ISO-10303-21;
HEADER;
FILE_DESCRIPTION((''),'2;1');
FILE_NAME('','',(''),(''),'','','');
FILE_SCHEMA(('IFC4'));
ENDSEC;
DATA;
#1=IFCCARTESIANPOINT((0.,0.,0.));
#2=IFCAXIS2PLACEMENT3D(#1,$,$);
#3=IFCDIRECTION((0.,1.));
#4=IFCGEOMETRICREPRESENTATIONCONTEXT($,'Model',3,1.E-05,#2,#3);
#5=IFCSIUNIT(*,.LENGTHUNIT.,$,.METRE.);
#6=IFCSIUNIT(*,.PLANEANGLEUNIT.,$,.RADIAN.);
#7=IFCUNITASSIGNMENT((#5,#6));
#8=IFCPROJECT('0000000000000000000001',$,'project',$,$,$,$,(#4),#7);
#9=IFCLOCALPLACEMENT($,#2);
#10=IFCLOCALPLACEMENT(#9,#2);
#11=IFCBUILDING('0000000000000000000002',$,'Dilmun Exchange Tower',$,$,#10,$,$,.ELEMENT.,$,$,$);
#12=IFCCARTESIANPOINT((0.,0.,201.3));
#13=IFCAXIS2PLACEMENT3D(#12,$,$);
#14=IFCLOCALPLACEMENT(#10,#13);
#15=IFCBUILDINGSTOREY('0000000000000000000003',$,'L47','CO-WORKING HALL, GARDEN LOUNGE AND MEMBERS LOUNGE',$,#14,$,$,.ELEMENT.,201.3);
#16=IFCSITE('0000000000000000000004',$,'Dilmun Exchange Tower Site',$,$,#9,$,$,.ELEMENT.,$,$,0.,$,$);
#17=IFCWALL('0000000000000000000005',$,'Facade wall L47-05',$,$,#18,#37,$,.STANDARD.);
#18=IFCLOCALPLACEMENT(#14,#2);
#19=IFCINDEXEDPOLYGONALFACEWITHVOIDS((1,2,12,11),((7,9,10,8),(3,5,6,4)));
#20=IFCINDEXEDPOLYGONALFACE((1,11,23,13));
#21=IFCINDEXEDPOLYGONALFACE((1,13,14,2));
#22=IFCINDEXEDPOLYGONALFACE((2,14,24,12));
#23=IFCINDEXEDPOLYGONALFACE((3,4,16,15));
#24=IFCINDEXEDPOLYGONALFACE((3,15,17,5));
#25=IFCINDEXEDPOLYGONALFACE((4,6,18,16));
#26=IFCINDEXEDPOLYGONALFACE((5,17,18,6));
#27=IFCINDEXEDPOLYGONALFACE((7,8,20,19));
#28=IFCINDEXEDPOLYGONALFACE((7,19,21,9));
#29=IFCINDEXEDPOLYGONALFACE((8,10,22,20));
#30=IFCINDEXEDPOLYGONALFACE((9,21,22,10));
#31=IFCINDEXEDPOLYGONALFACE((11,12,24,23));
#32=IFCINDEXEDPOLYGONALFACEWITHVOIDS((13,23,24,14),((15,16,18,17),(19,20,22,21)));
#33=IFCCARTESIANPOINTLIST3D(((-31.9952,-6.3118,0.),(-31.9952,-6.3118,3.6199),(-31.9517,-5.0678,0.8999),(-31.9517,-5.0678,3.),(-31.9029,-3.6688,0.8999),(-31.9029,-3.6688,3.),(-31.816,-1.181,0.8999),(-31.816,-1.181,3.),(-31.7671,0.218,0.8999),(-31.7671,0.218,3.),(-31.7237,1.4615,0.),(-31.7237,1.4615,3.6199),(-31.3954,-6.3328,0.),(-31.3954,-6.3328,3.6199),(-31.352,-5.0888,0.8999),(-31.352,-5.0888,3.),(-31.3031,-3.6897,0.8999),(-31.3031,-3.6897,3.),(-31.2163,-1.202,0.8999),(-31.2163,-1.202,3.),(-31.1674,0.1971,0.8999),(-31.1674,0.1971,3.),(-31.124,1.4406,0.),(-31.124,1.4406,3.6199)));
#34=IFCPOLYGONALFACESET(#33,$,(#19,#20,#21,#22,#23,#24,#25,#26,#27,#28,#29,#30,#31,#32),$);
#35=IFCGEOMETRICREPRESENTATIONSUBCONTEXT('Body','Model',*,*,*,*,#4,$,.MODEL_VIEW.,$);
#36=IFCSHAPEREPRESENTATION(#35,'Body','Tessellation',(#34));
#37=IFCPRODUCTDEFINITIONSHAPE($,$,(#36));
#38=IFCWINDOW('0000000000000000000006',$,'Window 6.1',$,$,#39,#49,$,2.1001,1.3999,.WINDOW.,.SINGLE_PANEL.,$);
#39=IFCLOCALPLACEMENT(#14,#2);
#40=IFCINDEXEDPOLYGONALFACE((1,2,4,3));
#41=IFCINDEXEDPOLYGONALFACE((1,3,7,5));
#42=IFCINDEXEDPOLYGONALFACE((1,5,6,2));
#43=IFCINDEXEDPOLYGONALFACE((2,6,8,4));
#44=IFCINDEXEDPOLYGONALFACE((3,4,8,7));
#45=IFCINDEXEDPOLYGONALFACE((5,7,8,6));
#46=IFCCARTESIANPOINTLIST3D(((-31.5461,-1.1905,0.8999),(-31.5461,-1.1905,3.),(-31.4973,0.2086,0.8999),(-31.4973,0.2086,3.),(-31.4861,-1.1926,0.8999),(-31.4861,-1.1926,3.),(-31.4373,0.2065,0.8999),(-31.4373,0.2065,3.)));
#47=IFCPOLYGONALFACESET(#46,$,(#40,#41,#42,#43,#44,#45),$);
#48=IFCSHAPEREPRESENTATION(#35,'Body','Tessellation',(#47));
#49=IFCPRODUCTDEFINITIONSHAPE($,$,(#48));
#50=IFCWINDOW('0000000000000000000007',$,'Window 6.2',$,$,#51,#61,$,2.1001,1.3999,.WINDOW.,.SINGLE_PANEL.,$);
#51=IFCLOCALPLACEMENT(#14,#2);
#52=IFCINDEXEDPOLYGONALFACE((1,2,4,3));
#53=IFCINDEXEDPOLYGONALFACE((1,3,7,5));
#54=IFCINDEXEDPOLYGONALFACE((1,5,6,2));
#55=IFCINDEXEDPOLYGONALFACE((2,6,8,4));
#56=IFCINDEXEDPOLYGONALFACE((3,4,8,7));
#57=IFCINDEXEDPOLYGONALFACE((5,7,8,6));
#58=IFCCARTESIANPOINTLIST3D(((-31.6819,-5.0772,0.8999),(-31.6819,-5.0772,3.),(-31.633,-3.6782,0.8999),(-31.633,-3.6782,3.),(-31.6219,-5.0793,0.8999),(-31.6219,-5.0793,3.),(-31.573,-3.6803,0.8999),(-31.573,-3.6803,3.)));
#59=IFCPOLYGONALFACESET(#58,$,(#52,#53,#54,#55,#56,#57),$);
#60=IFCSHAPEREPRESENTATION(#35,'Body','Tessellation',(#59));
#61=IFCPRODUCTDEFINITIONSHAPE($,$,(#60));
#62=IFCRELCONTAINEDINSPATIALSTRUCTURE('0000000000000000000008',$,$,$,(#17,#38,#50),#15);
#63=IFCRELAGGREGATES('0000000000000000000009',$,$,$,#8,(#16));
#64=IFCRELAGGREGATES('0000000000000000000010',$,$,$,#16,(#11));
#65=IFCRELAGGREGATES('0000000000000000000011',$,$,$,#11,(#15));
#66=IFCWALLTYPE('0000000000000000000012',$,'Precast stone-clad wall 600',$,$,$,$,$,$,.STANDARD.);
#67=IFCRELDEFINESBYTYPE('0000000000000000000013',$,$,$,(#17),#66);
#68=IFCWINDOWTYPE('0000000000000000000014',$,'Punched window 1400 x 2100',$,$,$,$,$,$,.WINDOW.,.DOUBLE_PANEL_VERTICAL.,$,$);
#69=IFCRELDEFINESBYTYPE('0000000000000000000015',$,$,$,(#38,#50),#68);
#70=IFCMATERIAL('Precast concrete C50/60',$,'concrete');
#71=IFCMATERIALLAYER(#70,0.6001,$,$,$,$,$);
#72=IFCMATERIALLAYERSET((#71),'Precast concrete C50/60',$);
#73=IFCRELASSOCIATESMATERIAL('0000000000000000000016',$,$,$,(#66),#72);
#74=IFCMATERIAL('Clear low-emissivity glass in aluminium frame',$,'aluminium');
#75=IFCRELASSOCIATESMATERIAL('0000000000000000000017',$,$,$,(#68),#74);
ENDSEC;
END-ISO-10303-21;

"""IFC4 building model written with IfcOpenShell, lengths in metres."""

from ifc_helpers import new_model, si_unit, direction, frame, frame_2d, origin, place, context, subcontext, project, spatial, rectangle, extrude, material, layer, layer_set, type_object, element, fill, save


model = new_model("IFC4")

# Units and contexts
model_context = context("Model", 3, precision=1e-05, world=origin(), true_north=direction((0.0, 1.0)))
body_context = subcontext(model_context, "Body", "Model", "MODEL_VIEW")
ifc_project = project(units=[si_unit("LENGTHUNIT", "METRE"), si_unit("PLANEANGLEUNIT", "RADIAN")], contexts=[model_context])

# Site, building, storey
site_placement = place(None, origin())
site = spatial("IfcSite", under=ifc_project, at=site_placement, Name="Dilmun Exchange Tower Site", CompositionType="ELEMENT", RefElevation=0.0)
building_placement = place(site_placement, origin())
building = spatial("IfcBuilding", under=site, at=building_placement, Name="Dilmun Exchange Tower", CompositionType="ELEMENT")
storey_placement = place(building_placement, frame((0.0, 0.0, 201.3)))
storey = spatial("IfcBuildingStorey", under=building, at=storey_placement, Name="L47", Description="CO-WORKING HALL, GARDEN LOUNGE AND MEMBERS LOUNGE", CompositionType="ELEMENT", Elevation=201.3)

# Shared definitions
ifc_material_1 = material(Name="Precast concrete C50/60", Category="concrete")
ifc_layer_1 = layer(ifc_material_1, 0.6001)
ifc_layer_set_1 = layer_set([ifc_layer_1], Name="Precast concrete C50/60")
wall_type_1 = type_object("IfcWallType", Name="Precast stone-clad wall 600", PredefinedType="STANDARD", material=ifc_layer_set_1)

# Wall, openings, windows
wall_1_placement = place(storey_placement, frame((-31.4238, 1.4512, 0.0), z_axis=(0.0, 0.0, 1.0), x_axis=(-0.034903, -0.999391, 0.0)))
wall_1 = element("IfcWall", 1, at=wall_1_placement, inside=storey, type_object=wall_type_1, Name="Facade wall L47-05", PredefinedType="STANDARD", context=body_context, shape_type="SweptSolid", body=[
    extrude(rectangle(XDim=7.7781, YDim=0.6001, at=frame_2d((3.8892, 0.0))), origin(), (0.0, 0.0, 1.0), 3.6199),
])
opening_1_placement = place(wall_1_placement, frame((1.2444, 0.0, 0.8999)))
opening_1 = element("IfcOpeningElement", 2, at=opening_1_placement, cuts=wall_1, PredefinedType="OPENING", context=body_context, shape_type="SweptSolid", body=[
    extrude(rectangle(XDim=1.3999, YDim=2.1001, at=frame_2d((0.7, 1.05))), frame((0.0, 0.3101, 0.0), z_axis=(0.0, -1.0, 0.0), x_axis=(1.0, 0.0, 0.0)), (0.0, 0.0, 1.0), 0.6201),
])
opening_2_placement = place(wall_1_placement, frame((5.1335, 0.0, 0.8999)))
opening_2 = element("IfcOpeningElement", 3, at=opening_2_placement, cuts=wall_1, PredefinedType="OPENING", context=body_context, shape_type="SweptSolid", body=[
    extrude(rectangle(XDim=1.3999, YDim=2.1001, at=frame_2d((0.7, 1.05))), frame((0.0, 0.3101, 0.0), z_axis=(0.0, -1.0, 0.0), x_axis=(1.0, 0.0, 0.0)), (0.0, 0.0, 1.0), 0.6201),
])
ifc_material_2 = material(Name="Clear low-emissivity glass in aluminium frame", Category="aluminium")
window_type = type_object("IfcWindowType", Name="Punched window 1400 x 2100", PartitioningType="DOUBLE_PANEL_VERTICAL", PredefinedType="WINDOW", material=ifc_material_2)
window_1_placement = place(opening_1_placement, origin())
window_1 = element("IfcWindow", 4, at=window_1_placement, inside=storey, type_object=window_type, Name="Window 6.1", OverallHeight=2.1001, OverallWidth=1.3999, PartitioningType="SINGLE_PANEL", PredefinedType="WINDOW", context=body_context, shape_type="SweptSolid", body=[
    extrude(rectangle(XDim=1.3999, YDim=2.1001, at=frame_2d((0.7, 1.05))), frame((0.0, 0.03, 0.0), z_axis=(0.0, -1.0, 0.0), x_axis=(1.0, 0.0, 0.0)), (0.0, 0.0, 1.0), 0.0601),
])
fill(opening_1, window_1)
window_2_placement = place(opening_2_placement, origin())
window_2 = element("IfcWindow", 5, at=window_2_placement, inside=storey, type_object=window_type, Name="Window 6.2", OverallHeight=2.1001, OverallWidth=1.3999, PartitioningType="SINGLE_PANEL", PredefinedType="WINDOW", context=body_context, shape_type="SweptSolid", body=[
    extrude(rectangle(XDim=1.3999, YDim=2.1001, at=frame_2d((0.7, 1.05))), frame((0.0, 0.03, 0.0), z_axis=(0.0, -1.0, 0.0), x_axis=(1.0, 0.0, 0.0)), (0.0, 0.0, 1.0), 0.0601),
])
fill(opening_2, window_2)

save(model, "model.ifc")
